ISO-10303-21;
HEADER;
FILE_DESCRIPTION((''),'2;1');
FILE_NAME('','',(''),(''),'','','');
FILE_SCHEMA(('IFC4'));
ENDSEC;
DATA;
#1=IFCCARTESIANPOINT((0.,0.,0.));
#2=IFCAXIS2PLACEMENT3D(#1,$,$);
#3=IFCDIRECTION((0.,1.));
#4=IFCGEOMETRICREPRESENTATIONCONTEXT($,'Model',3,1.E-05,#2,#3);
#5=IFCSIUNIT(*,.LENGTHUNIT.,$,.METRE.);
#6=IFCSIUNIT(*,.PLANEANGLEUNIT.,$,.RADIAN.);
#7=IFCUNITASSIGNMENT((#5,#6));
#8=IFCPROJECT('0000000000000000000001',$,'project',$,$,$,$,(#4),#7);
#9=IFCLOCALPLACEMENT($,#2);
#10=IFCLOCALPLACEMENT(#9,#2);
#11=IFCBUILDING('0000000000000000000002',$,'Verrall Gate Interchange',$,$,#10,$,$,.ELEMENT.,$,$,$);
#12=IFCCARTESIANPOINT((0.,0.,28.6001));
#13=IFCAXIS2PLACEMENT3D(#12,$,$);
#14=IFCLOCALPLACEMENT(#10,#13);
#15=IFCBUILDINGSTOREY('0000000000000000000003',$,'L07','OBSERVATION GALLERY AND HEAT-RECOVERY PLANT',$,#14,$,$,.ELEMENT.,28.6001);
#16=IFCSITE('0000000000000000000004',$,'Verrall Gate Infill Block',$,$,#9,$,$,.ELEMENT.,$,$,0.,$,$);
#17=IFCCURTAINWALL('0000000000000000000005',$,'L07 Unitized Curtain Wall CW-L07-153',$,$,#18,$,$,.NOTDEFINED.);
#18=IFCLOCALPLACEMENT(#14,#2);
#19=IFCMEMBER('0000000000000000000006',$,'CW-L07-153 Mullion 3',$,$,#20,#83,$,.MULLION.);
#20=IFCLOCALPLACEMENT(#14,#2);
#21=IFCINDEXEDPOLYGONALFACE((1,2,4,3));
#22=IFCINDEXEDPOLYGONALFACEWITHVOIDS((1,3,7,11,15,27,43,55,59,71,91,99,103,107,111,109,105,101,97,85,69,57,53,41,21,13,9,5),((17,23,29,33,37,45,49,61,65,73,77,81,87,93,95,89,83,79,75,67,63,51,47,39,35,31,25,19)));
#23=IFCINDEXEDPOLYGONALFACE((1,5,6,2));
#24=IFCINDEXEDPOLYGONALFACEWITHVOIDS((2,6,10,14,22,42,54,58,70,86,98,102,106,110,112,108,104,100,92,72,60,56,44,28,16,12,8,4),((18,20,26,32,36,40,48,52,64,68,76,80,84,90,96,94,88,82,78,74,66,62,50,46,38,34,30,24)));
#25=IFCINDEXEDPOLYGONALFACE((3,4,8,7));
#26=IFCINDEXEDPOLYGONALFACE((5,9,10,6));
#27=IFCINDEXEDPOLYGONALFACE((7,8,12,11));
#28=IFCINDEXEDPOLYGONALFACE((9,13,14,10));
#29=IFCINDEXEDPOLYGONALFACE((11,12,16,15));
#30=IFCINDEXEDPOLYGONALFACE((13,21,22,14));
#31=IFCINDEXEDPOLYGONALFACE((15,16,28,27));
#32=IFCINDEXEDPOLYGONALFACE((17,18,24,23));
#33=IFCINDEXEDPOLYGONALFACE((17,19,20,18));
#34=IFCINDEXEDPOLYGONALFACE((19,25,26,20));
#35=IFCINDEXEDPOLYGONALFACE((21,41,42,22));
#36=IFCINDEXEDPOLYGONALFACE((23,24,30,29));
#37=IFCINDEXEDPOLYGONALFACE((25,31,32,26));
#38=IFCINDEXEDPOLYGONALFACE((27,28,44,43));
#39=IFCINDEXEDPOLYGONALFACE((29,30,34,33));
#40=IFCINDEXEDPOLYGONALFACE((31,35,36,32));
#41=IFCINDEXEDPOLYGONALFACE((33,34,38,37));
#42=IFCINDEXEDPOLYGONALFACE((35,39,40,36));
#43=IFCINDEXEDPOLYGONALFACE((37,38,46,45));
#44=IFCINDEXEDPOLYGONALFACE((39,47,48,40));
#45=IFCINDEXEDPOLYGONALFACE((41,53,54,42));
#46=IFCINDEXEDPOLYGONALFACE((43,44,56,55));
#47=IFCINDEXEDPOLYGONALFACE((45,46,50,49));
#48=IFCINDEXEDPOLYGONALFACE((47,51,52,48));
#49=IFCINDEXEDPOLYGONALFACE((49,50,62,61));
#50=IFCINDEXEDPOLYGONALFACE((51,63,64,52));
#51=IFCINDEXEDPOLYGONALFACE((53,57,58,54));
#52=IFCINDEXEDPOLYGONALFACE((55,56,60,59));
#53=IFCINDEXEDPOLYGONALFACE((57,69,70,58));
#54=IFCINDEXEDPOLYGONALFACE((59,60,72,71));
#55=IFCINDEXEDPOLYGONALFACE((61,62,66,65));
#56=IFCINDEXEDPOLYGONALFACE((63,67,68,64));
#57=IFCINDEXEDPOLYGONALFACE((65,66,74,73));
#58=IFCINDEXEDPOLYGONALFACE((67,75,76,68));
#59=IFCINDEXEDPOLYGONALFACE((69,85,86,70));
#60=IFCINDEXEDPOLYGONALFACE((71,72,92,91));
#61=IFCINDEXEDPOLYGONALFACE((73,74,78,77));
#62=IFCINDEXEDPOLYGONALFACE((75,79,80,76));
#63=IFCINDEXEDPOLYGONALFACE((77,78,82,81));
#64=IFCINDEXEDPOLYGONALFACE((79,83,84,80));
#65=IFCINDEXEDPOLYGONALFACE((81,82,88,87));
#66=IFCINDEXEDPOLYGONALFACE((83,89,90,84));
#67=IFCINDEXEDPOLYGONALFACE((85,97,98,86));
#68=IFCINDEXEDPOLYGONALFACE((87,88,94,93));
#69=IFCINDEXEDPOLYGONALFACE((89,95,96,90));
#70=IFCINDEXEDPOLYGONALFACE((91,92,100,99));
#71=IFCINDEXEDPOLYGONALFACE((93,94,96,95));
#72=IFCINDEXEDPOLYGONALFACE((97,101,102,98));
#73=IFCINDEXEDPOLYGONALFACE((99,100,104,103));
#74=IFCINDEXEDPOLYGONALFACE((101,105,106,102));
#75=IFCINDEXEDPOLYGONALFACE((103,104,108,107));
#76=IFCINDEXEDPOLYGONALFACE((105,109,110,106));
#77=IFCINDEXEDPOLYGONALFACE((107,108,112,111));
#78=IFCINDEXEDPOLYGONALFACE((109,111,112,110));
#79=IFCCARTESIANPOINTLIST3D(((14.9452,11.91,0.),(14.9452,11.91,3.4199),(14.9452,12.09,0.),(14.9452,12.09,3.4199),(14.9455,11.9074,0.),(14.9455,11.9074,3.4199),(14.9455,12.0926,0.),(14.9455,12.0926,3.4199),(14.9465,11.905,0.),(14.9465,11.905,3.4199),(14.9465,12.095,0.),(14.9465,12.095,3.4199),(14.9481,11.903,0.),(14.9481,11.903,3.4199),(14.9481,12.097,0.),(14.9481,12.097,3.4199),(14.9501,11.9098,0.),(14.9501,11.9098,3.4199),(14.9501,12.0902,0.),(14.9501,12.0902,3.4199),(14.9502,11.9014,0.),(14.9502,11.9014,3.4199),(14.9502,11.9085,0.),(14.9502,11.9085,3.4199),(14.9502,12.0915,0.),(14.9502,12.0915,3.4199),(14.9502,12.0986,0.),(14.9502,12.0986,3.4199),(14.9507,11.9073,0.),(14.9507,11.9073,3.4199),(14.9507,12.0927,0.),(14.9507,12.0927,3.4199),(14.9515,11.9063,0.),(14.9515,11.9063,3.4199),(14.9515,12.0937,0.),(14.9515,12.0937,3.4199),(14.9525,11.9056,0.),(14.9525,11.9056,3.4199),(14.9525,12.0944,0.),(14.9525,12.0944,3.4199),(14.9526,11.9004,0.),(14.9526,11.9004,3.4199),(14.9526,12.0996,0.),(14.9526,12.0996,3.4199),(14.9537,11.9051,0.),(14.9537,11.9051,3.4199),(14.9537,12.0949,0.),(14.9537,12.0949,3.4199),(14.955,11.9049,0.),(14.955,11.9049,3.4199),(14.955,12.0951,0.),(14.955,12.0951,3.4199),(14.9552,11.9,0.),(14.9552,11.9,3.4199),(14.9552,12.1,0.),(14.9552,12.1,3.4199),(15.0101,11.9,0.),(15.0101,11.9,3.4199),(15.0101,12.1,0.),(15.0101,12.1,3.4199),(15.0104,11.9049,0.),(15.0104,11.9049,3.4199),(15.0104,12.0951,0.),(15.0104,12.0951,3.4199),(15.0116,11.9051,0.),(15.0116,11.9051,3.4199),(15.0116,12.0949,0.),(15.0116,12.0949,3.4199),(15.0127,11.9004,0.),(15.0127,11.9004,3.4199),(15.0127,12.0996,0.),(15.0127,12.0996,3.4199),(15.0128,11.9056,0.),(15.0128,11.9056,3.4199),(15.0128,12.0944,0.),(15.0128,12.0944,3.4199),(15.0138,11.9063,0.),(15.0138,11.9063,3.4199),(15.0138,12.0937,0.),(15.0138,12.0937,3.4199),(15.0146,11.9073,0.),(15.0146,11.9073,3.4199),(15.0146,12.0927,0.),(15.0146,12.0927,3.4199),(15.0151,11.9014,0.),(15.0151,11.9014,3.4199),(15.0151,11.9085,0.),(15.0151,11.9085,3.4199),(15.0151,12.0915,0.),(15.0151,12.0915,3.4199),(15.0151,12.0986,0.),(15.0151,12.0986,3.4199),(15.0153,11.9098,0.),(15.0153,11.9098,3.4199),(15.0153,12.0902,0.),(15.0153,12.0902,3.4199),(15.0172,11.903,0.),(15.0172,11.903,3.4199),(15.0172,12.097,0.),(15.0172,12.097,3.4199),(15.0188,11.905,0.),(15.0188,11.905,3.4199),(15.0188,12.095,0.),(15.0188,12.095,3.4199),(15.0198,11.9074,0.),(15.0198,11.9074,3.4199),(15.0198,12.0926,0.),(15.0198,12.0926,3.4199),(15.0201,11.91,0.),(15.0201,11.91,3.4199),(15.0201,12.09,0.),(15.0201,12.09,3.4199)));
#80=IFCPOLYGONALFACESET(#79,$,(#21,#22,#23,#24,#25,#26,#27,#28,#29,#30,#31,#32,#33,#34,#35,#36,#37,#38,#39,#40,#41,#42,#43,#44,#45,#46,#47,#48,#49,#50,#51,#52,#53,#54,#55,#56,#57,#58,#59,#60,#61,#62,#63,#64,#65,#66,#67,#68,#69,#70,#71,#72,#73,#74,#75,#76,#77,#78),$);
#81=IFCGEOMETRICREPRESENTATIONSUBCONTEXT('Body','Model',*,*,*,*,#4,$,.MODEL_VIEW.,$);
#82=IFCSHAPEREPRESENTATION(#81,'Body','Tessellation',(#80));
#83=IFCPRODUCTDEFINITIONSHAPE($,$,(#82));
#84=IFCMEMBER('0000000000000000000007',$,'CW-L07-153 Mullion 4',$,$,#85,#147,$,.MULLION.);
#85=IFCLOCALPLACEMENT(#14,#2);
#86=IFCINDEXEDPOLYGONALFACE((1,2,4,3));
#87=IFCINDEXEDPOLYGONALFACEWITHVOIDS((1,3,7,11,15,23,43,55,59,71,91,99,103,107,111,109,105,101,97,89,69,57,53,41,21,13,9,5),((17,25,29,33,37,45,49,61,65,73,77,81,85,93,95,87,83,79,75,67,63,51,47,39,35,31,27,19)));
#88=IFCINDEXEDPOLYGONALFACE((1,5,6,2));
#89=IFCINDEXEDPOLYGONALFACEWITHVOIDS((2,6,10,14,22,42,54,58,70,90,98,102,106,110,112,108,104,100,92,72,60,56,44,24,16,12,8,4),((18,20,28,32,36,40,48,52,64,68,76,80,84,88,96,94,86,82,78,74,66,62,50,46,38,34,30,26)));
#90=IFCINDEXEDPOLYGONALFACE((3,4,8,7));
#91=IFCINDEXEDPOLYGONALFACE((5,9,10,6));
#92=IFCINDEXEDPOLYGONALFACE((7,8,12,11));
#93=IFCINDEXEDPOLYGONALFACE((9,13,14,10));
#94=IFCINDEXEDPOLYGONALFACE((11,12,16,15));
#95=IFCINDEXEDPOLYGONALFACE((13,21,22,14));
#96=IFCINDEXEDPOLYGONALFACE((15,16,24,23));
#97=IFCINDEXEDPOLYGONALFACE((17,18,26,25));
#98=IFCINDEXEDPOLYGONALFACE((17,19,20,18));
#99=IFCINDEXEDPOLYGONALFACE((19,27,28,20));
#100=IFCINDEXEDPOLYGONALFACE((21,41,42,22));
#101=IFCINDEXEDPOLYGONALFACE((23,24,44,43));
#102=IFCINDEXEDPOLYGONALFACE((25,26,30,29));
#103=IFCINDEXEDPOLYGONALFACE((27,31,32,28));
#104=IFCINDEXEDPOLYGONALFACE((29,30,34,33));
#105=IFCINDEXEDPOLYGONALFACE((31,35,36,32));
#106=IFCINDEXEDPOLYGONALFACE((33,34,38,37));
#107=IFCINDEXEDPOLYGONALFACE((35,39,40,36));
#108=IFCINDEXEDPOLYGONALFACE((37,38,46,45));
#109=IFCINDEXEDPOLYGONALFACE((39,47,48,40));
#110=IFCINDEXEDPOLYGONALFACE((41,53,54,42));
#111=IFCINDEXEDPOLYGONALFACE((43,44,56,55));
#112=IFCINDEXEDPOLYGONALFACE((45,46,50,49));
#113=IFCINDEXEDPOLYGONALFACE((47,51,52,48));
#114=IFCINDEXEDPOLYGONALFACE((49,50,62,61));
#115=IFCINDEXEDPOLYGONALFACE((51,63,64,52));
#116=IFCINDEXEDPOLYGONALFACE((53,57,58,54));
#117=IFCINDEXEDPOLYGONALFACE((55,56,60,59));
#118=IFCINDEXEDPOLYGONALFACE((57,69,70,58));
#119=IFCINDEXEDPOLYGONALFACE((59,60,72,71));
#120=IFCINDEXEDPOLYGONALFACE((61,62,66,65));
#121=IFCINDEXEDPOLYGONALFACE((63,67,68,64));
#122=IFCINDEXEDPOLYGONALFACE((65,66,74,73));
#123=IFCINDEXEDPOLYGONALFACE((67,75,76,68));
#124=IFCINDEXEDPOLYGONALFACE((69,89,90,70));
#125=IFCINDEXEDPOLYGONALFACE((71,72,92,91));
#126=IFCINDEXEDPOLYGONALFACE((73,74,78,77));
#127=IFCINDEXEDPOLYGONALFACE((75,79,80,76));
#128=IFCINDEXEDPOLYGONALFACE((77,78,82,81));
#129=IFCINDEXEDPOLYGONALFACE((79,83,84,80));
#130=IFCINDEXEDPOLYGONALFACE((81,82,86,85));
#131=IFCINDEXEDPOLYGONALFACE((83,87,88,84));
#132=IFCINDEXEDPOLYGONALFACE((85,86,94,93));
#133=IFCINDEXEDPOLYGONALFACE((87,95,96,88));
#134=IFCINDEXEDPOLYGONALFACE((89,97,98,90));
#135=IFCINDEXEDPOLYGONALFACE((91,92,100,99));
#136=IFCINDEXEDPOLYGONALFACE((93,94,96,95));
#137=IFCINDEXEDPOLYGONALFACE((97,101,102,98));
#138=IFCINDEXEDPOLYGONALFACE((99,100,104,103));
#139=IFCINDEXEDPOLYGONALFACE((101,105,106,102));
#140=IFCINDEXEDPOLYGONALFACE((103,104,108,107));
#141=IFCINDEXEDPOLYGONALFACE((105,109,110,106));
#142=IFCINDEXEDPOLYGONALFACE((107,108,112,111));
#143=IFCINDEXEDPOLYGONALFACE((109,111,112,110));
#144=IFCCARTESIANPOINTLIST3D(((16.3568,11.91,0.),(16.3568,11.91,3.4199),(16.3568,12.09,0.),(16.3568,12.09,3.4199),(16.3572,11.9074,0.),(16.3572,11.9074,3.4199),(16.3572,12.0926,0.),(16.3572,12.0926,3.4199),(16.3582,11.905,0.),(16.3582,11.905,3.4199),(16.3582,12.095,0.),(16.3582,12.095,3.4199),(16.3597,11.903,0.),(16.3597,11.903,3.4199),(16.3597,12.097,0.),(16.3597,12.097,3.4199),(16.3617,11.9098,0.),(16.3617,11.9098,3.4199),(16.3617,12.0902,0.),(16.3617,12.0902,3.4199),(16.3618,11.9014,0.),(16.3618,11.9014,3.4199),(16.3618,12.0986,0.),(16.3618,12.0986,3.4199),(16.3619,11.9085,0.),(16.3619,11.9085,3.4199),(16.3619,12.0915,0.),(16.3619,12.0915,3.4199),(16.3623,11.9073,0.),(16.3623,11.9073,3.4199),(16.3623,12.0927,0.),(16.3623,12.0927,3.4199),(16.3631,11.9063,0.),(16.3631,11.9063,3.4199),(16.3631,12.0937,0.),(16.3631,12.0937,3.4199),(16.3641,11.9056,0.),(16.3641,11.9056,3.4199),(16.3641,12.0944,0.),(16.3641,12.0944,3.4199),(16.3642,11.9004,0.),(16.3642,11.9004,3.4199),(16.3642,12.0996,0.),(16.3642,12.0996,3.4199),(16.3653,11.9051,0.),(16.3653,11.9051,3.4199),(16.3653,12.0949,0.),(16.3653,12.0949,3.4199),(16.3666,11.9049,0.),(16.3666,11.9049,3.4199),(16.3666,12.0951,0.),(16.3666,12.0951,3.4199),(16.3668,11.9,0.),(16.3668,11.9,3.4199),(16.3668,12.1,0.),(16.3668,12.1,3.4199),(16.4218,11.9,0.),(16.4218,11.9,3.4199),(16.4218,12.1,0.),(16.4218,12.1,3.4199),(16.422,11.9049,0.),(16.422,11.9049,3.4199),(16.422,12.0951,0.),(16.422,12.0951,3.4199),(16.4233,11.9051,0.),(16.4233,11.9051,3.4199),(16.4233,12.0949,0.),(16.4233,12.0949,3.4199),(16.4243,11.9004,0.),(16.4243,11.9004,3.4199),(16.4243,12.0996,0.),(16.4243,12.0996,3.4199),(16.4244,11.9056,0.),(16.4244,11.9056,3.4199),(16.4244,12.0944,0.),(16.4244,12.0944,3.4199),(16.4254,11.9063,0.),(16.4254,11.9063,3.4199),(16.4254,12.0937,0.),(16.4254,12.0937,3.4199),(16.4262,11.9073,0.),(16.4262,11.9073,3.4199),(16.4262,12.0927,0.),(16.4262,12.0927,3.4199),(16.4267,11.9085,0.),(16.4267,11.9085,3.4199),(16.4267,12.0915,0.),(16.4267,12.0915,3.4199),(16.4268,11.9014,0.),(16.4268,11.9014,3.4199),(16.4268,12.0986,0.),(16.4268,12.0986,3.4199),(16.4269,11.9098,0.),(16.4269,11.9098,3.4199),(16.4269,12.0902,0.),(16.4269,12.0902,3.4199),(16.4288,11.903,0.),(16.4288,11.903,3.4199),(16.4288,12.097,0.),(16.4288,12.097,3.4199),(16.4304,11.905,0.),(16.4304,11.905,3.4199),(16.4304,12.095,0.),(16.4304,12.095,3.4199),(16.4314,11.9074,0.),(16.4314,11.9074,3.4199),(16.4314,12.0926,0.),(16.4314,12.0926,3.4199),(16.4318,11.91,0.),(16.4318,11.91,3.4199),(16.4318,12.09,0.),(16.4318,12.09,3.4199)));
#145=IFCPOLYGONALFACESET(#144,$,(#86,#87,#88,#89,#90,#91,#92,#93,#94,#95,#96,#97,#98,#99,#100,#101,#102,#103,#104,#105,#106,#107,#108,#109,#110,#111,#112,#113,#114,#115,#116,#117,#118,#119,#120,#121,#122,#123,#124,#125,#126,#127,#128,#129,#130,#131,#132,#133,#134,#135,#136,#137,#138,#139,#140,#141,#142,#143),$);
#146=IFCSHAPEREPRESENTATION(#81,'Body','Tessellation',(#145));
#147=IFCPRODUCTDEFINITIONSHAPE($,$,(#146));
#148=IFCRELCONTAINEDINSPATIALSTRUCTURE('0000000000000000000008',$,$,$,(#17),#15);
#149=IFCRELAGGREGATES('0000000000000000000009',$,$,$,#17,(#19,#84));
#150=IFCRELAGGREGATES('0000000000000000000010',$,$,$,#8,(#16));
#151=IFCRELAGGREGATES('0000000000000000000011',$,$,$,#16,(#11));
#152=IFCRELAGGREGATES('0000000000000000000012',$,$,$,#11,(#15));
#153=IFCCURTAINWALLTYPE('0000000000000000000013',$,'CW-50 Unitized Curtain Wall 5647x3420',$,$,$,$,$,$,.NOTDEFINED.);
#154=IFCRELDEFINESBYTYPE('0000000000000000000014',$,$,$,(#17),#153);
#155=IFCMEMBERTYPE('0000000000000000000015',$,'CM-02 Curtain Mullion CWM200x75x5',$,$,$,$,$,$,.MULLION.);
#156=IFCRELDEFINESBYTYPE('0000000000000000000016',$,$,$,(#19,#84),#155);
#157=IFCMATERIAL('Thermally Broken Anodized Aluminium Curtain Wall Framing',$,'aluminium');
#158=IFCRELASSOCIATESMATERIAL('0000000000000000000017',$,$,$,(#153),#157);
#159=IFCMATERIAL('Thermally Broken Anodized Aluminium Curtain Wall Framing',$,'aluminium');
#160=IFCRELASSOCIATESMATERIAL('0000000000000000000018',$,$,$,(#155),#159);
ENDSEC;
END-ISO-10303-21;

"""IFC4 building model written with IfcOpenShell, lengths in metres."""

from ifc_helpers import new_model, si_unit, direction, frame, origin, origin_2d, place, context, subcontext, project, spatial, hollow_rectangle, extrude, material, material_profile, profile_set, type_object, element, aggregate, save


model = new_model("IFC4")

# Units and contexts
model_context = context("Model", 3, precision=1e-05, world=origin(), true_north=direction((0.0, 1.0)))
body_context = subcontext(model_context, "Body", "Model", "MODEL_VIEW")
ifc_project = project(units=[si_unit("LENGTHUNIT", "METRE"), si_unit("PLANEANGLEUNIT", "RADIAN")], contexts=[model_context])

# Site, building, storey
site_placement = place(None, origin())
site = spatial("IfcSite", under=ifc_project, at=site_placement, Name="Verrall Gate Infill Block", CompositionType="ELEMENT", RefElevation=0.0)
building_placement = place(site_placement, origin())
building = spatial("IfcBuilding", under=site, at=building_placement, Name="Verrall Gate Interchange", CompositionType="ELEMENT")
storey_placement = place(building_placement, frame((0.0, 0.0, 28.6001)))
storey = spatial("IfcBuildingStorey", under=building, at=storey_placement, Name="L07", Description="OBSERVATION GALLERY AND HEAT-RECOVERY PLANT", CompositionType="ELEMENT", Elevation=28.6001)

# Curtain wall, members
ifc_material_1 = material(Name="Thermally Broken Anodized Aluminium Curtain Wall Framing", Category="aluminium")
curtain_wall_type = type_object("IfcCurtainWallType", Name="CW-50 Unitized Curtain Wall 5647x3420", PredefinedType="NOTDEFINED", material=ifc_material_1)
curtain_wall_1_placement = place(storey_placement, origin())
curtain_wall_1 = element("IfcCurtainWall", 1, at=curtain_wall_1_placement, inside=storey, type_object=curtain_wall_type, Name="L07 Unitized Curtain Wall CW-L07-153", PredefinedType="NOTDEFINED")
ifc_material_2 = material(Name="Thermally Broken Anodized Aluminium Curtain Wall Framing", Category="aluminium")
ifc_material_profile_1 = material_profile(ifc_material_2, hollow_rectangle(XDim=0.075, YDim=0.2, WallThickness=0.0049, InnerFilletRadius=0.0049, OuterFilletRadius=0.01, at=origin_2d()), Name="CWM200x75x5")
ifc_profile_set_1 = profile_set([ifc_material_profile_1], Name="Thermally Broken Anodized Aluminium Curtain Wall Framing")
member_type_1 = type_object("IfcMemberType", Name="CM-02 Curtain Mullion CWM200x75x5", PredefinedType="MULLION", material=ifc_profile_set_1)
member_1_placement = place(storey_placement, frame((14.9827, 12.0, 0.0), z_axis=(0.0, 0.0, 1.0), x_axis=(1.0, 0.0, 0.0)))
member_1 = element("IfcMember", 2, at=member_1_placement, type_object=member_type_1, Name="CW-L07-153 Mullion 3", PredefinedType="MULLION", context=body_context, shape_type="SweptSolid", body=[
    extrude(hollow_rectangle(XDim=0.075, YDim=0.2, WallThickness=0.0049, InnerFilletRadius=0.0049, OuterFilletRadius=0.01, at=origin_2d()), origin(), (0.0, 0.0, 1.0), 3.4199),
])
member_2_placement = place(storey_placement, frame((16.3943, 12.0, 0.0), z_axis=(0.0, 0.0, 1.0), x_axis=(1.0, 0.0, 0.0)))
member_2 = element("IfcMember", 3, at=member_2_placement, type_object=member_type_1, Name="CW-L07-153 Mullion 4", PredefinedType="MULLION", context=body_context, shape_type="SweptSolid", body=[
    extrude(hollow_rectangle(XDim=0.075, YDim=0.2, WallThickness=0.0049, InnerFilletRadius=0.0049, OuterFilletRadius=0.01, at=origin_2d()), origin(), (0.0, 0.0, 1.0), 3.4199),
])

aggregate(curtain_wall_1, [member_1, member_2])

save(model, "model.ifc")
